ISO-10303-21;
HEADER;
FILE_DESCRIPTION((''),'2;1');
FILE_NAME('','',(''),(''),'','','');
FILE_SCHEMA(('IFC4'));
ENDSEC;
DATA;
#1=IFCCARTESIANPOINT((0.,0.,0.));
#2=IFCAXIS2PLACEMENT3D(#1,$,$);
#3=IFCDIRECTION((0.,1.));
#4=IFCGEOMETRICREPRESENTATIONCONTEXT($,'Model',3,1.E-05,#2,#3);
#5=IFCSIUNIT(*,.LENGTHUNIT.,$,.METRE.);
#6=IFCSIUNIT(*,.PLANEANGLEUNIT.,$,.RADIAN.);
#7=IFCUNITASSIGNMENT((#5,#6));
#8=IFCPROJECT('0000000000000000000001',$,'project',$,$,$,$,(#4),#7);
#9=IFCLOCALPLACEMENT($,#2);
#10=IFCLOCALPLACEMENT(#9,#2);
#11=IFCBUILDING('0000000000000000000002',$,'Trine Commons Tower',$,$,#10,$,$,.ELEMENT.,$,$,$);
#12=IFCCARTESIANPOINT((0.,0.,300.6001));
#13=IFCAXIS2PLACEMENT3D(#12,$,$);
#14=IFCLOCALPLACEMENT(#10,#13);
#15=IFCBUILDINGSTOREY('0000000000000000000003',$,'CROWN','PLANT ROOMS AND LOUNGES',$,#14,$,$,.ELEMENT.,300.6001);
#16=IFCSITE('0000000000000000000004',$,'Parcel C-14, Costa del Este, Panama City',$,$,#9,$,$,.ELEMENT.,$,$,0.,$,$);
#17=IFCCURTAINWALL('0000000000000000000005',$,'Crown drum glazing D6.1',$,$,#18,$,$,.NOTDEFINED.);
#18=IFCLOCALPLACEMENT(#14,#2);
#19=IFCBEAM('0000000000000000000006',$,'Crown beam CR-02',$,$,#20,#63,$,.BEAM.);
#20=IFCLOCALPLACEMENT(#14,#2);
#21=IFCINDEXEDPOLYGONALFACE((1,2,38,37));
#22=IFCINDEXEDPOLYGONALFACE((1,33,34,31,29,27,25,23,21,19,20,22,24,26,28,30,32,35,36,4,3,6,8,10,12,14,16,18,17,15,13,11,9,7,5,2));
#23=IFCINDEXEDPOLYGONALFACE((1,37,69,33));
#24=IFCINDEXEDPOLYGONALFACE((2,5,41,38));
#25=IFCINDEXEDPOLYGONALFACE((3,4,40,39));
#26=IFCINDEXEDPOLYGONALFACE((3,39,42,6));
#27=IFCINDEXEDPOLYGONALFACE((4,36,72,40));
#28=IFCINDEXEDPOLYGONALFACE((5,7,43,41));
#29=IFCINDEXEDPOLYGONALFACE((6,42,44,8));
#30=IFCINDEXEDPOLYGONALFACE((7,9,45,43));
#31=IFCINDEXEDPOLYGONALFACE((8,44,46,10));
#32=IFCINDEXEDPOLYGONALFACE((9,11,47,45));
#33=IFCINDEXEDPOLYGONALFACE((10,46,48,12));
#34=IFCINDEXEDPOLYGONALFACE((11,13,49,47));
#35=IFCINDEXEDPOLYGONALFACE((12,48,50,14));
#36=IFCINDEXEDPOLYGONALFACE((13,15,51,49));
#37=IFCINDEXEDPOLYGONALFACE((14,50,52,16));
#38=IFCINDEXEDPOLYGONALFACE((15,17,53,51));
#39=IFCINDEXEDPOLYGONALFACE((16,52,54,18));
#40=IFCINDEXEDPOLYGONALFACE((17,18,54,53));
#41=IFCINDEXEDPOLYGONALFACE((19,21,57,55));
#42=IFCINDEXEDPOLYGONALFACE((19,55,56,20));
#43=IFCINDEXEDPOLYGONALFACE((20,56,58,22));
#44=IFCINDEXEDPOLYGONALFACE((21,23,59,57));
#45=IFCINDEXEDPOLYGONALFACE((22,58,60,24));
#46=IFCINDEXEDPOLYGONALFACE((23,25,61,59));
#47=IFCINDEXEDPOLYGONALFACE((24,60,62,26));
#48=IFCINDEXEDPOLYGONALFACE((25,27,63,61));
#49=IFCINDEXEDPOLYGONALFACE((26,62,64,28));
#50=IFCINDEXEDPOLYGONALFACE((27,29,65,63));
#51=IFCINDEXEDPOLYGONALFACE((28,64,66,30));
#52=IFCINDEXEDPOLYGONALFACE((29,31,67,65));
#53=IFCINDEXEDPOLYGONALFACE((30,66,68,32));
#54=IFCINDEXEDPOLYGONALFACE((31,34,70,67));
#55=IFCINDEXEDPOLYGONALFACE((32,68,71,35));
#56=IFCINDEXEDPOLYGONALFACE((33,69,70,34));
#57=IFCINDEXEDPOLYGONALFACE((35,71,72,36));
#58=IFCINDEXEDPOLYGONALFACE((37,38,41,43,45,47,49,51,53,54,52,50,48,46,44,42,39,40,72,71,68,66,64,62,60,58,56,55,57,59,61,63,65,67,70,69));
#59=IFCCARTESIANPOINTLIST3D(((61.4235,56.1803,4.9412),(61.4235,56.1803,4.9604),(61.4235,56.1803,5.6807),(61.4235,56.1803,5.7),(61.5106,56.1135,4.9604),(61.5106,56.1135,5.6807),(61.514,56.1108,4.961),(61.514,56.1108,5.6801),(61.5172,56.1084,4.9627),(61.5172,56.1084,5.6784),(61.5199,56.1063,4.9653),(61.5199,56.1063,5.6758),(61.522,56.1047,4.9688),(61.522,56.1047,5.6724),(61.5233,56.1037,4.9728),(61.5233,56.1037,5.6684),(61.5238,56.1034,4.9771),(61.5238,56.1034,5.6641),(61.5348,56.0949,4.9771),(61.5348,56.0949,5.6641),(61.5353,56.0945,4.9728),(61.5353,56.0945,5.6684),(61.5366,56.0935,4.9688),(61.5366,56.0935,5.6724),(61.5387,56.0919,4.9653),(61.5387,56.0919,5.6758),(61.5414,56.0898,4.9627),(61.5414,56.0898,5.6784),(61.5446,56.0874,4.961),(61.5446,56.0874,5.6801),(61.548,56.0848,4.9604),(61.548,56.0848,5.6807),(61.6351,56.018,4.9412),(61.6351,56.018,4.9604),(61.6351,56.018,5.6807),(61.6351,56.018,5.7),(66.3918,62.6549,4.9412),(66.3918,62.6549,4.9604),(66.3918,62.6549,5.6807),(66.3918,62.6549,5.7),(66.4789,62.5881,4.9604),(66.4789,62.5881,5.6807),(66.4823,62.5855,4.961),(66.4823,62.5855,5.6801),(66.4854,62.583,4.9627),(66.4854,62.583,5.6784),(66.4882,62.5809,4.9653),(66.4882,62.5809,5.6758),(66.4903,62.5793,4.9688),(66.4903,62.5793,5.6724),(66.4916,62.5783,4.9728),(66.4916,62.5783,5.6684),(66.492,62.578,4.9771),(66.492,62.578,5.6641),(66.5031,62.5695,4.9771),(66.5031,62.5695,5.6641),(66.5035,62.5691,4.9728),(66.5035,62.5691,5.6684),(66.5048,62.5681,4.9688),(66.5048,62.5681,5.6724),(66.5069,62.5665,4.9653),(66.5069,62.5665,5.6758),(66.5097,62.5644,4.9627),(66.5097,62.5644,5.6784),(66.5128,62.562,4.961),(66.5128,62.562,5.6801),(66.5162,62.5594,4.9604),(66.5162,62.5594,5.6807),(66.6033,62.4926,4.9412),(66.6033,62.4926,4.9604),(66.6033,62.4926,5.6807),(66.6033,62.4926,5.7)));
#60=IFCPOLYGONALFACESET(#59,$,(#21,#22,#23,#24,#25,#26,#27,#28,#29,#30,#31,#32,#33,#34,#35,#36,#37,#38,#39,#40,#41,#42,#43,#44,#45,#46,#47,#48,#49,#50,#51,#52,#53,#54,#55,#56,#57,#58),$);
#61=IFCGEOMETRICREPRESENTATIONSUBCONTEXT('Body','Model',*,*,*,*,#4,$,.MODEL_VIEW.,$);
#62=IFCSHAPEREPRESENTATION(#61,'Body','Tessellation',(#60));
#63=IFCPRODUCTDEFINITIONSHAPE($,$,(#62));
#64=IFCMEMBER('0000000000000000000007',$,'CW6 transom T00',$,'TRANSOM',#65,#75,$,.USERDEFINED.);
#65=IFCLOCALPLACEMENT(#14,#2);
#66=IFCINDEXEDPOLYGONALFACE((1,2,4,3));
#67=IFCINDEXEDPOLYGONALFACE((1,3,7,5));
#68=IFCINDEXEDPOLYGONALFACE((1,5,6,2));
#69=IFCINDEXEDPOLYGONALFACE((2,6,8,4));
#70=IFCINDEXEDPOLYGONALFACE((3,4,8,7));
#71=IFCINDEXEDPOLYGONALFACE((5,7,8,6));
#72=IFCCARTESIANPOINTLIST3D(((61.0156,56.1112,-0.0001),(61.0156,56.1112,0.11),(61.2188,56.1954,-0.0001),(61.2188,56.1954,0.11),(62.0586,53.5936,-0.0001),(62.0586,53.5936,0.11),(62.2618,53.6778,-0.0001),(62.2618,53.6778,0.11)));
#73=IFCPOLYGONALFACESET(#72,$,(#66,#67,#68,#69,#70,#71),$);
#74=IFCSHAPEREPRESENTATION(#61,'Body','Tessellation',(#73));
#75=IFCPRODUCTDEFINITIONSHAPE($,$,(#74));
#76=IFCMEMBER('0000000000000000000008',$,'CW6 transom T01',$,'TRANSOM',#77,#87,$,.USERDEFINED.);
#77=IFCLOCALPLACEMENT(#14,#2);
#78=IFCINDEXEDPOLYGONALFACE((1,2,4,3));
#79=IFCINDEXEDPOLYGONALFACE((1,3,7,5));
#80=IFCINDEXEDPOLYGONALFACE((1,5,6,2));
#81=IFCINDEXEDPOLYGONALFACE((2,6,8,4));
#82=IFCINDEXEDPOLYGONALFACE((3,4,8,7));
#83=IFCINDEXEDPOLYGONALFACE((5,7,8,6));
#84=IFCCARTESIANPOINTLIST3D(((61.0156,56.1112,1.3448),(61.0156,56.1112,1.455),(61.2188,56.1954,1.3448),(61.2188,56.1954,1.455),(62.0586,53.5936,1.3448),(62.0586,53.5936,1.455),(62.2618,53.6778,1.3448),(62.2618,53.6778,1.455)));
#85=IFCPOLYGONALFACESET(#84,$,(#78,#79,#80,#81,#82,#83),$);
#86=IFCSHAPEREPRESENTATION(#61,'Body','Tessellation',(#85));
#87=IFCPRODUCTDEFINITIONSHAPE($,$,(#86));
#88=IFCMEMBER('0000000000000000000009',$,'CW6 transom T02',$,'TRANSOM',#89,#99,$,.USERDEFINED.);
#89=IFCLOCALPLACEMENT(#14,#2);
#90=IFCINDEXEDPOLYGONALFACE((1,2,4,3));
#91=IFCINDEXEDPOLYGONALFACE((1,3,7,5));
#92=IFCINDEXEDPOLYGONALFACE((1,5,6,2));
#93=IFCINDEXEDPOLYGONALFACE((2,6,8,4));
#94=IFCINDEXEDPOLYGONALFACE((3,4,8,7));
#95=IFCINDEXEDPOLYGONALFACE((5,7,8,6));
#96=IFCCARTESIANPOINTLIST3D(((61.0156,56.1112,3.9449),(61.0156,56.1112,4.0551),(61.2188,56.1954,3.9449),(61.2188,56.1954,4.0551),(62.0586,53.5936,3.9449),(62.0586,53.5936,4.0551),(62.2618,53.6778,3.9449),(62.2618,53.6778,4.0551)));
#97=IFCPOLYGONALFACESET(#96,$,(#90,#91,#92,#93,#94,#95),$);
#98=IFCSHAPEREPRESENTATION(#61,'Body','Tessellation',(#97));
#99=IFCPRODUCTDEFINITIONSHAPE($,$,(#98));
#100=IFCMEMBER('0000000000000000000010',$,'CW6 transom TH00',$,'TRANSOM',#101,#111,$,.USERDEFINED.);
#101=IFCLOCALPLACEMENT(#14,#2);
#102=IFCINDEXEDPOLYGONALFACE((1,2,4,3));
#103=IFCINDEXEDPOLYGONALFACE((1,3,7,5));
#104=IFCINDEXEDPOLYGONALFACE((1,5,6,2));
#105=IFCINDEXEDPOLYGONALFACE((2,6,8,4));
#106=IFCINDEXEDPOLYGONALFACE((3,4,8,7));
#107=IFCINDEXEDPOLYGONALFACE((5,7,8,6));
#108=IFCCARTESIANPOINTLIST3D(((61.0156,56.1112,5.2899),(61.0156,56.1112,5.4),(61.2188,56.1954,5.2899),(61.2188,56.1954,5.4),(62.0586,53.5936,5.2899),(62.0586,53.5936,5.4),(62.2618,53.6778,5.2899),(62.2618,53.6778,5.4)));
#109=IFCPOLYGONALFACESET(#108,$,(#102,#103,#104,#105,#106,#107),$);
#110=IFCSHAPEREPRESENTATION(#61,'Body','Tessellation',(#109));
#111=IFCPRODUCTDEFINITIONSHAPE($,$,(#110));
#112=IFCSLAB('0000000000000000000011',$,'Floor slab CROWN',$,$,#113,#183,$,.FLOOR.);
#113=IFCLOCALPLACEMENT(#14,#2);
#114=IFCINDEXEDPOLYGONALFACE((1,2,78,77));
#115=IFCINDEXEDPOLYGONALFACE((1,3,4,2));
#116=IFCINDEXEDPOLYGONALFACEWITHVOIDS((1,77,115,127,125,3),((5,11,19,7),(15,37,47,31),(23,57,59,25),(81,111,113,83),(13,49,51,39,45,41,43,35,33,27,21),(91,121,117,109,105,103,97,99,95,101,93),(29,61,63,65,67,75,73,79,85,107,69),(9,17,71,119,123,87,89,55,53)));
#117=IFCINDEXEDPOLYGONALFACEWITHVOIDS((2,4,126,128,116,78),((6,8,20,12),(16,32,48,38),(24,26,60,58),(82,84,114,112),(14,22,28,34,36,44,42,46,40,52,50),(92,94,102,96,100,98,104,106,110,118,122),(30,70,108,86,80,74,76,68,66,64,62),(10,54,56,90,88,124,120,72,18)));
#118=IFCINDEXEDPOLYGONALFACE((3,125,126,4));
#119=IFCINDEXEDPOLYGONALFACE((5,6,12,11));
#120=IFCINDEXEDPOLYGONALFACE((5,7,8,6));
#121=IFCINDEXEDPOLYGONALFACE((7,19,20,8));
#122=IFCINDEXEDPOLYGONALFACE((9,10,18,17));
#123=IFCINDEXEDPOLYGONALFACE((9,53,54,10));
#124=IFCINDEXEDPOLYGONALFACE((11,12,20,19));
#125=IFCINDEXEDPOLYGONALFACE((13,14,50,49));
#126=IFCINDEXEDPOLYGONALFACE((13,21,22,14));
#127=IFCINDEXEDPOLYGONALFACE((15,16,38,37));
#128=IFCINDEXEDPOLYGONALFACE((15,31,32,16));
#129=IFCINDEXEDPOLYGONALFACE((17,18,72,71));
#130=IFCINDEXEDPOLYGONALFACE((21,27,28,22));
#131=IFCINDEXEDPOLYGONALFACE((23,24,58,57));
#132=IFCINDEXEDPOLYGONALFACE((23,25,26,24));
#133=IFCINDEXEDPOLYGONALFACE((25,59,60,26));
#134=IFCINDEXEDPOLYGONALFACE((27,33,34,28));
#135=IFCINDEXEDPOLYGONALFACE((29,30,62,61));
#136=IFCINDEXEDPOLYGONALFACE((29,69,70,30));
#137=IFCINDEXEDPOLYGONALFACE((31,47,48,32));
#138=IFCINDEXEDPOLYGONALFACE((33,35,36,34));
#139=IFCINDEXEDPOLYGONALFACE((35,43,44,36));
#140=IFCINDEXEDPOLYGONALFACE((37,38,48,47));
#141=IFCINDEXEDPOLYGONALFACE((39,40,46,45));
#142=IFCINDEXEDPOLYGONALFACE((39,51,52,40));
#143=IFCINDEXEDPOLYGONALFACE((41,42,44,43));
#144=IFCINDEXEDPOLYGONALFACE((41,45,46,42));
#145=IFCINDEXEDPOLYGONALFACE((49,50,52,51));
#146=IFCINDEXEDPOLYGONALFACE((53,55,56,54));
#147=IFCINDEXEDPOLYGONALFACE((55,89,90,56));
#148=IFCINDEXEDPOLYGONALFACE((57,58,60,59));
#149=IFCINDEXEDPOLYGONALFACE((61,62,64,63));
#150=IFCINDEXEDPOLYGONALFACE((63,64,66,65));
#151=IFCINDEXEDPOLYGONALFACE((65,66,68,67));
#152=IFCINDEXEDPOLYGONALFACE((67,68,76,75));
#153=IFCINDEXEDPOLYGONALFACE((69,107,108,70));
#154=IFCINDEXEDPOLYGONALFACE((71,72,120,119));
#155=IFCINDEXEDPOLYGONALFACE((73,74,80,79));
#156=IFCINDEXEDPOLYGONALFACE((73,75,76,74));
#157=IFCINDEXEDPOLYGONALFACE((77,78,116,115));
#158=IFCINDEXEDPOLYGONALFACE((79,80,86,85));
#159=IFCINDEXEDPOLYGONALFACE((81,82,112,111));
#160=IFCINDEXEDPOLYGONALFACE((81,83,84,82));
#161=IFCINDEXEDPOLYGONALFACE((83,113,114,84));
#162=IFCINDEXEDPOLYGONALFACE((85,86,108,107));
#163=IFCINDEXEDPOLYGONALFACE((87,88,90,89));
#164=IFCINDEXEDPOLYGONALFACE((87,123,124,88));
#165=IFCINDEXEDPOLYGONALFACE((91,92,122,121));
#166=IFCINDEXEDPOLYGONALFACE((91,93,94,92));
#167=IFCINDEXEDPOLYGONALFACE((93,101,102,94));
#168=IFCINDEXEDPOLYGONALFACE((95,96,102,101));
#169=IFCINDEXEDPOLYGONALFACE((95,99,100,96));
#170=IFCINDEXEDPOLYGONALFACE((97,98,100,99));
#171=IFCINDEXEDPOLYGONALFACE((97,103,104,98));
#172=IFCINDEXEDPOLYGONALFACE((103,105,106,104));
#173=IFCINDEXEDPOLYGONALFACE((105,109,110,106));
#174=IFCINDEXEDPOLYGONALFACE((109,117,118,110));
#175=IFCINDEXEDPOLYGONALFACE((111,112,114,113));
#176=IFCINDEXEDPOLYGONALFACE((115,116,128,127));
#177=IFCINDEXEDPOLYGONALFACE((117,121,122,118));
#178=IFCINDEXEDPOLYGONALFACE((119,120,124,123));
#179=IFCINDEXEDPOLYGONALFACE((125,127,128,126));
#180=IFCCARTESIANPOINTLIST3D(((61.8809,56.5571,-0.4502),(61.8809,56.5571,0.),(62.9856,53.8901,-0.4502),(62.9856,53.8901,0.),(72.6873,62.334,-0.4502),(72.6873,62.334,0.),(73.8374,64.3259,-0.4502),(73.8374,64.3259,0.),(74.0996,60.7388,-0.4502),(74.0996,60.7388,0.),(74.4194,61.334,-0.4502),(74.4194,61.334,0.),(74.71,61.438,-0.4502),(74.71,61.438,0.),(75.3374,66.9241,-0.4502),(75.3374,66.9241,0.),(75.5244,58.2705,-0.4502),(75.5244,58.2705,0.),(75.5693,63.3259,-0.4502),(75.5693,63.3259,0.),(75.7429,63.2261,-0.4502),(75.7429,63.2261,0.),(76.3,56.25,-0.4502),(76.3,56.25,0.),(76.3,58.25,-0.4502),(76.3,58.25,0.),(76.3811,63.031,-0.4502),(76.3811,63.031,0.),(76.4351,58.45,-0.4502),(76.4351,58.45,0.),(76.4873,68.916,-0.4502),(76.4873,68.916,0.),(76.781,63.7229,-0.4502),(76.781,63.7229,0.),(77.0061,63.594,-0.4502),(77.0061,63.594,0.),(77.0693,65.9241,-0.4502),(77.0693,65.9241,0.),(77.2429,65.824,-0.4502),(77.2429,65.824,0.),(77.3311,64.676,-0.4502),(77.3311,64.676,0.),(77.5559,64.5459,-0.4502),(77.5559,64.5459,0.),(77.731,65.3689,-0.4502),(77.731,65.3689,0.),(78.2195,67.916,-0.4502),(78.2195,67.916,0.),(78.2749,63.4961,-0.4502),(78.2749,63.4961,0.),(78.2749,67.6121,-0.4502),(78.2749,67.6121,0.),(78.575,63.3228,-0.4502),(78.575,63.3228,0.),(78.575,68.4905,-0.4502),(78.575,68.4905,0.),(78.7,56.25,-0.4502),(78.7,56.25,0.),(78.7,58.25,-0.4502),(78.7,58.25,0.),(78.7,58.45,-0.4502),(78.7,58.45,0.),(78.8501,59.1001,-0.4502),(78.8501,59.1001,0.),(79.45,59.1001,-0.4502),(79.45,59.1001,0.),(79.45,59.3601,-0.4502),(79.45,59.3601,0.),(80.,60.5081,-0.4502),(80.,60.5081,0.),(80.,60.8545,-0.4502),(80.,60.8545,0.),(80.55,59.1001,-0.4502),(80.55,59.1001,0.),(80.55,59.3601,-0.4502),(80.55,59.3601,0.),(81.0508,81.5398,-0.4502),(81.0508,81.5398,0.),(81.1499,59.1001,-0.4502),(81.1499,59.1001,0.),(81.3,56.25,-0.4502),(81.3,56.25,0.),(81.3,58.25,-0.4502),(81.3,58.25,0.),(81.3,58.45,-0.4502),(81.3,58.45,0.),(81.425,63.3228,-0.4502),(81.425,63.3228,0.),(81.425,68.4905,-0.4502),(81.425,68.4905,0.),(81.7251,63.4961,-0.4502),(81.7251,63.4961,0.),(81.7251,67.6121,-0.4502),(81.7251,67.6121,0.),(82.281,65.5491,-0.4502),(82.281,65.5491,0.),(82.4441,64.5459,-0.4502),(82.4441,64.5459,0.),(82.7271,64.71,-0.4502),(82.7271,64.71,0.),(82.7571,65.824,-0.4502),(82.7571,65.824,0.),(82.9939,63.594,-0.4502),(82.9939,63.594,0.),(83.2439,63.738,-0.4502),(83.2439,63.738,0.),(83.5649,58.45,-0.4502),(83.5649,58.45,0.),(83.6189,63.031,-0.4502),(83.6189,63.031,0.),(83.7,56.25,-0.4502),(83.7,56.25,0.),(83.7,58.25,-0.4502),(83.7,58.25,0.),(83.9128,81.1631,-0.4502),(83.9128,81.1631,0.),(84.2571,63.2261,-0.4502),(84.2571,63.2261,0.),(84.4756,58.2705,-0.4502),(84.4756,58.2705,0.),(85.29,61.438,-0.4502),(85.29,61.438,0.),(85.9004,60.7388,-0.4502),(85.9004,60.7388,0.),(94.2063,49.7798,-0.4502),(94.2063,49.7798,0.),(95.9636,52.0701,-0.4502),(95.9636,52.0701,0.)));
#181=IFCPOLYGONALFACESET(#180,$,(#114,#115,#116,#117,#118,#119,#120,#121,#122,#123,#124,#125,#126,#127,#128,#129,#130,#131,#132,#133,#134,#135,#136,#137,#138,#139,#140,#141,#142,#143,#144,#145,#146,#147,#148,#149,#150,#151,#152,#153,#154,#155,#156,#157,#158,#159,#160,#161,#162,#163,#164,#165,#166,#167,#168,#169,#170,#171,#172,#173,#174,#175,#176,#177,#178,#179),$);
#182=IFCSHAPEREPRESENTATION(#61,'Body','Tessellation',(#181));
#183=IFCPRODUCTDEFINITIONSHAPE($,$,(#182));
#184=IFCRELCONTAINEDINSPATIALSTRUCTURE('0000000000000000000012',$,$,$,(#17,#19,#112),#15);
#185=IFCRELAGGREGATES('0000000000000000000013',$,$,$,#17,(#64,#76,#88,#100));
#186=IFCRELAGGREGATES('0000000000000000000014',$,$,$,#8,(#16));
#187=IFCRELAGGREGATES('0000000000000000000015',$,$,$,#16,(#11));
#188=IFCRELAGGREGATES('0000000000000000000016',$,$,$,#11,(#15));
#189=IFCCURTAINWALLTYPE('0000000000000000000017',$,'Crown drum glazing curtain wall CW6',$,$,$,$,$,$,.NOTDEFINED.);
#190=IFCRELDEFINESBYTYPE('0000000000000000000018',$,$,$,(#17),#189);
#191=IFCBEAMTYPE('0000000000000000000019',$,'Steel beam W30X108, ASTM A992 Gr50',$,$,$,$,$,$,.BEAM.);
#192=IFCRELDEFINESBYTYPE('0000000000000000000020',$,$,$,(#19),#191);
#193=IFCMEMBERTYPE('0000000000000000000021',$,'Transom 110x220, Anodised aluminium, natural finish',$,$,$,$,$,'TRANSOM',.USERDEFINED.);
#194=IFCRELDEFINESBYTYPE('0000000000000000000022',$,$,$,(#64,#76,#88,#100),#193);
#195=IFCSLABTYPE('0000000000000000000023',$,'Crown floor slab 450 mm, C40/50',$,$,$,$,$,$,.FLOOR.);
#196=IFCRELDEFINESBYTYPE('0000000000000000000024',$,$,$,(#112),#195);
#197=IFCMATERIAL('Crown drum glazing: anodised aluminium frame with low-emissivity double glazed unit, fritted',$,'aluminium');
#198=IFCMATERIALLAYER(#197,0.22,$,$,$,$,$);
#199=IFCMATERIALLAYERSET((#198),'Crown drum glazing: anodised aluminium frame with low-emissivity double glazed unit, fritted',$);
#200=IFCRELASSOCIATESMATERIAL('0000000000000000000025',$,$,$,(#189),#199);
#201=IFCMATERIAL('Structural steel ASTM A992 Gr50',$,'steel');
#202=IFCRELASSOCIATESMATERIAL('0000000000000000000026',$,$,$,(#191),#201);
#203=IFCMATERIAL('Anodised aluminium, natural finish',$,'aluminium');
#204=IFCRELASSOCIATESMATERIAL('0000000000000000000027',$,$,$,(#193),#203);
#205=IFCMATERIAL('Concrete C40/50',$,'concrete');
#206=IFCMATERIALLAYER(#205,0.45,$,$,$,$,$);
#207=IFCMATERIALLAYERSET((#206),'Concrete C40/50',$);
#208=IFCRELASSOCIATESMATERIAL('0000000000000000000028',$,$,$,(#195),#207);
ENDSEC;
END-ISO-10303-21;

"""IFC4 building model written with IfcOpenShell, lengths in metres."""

from ifc_helpers import new_model, si_unit, direction, frame, origin, origin_2d, place, context, subcontext, project, spatial, polyline, rectangle, i_section, outline, extrude, material, layer, layer_set, material_profile, profile_set, type_object, element, aggregate, save


model = new_model("IFC4")

# Units and contexts
model_context = context("Model", 3, precision=1e-05, world=origin(), true_north=direction((0.0, 1.0)))
body_context = subcontext(model_context, "Body", "Model", "MODEL_VIEW")
ifc_project = project(units=[si_unit("LENGTHUNIT", "METRE"), si_unit("PLANEANGLEUNIT", "RADIAN")], contexts=[model_context])

# Site, building, storey
site_placement = place(None, origin())
site = spatial("IfcSite", under=ifc_project, at=site_placement, Name="Parcel C-14, Costa del Este, Panama City", CompositionType="ELEMENT", RefElevation=0.0)
building_placement = place(site_placement, origin())
building = spatial("IfcBuilding", under=site, at=building_placement, Name="Trine Commons Tower", CompositionType="ELEMENT")
storey_placement = place(building_placement, frame((0.0, 0.0, 300.6001)))
storey = spatial("IfcBuildingStorey", under=building, at=storey_placement, Name="CROWN", Description="PLANT ROOMS AND LOUNGES", CompositionType="ELEMENT", Elevation=300.6001)

# Shared definitions
ifc_material_1 = material(Name="Structural steel ASTM A992 Gr50", Category="steel")

# Curtain wall
ifc_material_2 = material(Name="Crown drum glazing: anodised aluminium frame with low-emissivity double glazed unit, fritted", Category="aluminium")
ifc_layer_1 = layer(ifc_material_2, 0.22)
ifc_layer_set_1 = layer_set([ifc_layer_1], Name="Crown drum glazing: anodised aluminium frame with low-emissivity double glazed unit, fritted")
curtain_wall_type = type_object("IfcCurtainWallType", Name="Crown drum glazing curtain wall CW6", PredefinedType="NOTDEFINED", material=ifc_layer_set_1)
ifc_material_3 = material(Name="Anodised aluminium, natural finish", Category="aluminium")
curtain_wall_1_placement = place(storey_placement, origin())
curtain_wall_1 = element("IfcCurtainWall", 1, at=curtain_wall_1_placement, inside=storey, type_object=curtain_wall_type, Name="Crown drum glazing D6.1", PredefinedType="NOTDEFINED")

# Beam
ifc_material_4 = material(Name="Concrete C40/50", Category="concrete")
ifc_material_profile_1 = material_profile(ifc_material_1, i_section(OverallWidth=0.2666, OverallDepth=0.7588, WebThickness=0.0139, FlangeThickness=0.0193, FilletRadius=0.0166, at=origin_2d()), Name="W30X108")
ifc_profile_set_1 = profile_set([ifc_material_profile_1], Name="Structural steel ASTM A992 Gr50")
beam_type_1 = type_object("IfcBeamType", Name="Steel beam W30X108, ASTM A992 Gr50", PredefinedType="BEAM", material=ifc_profile_set_1)
beam_1_placement = place(storey_placement, frame((61.5293, 56.0991, 5.3206), z_axis=(0.608771, 0.793346, 0.0), x_axis=(-0.793346, 0.608771, 0.0)))
element("IfcBeam", 2, at=beam_1_placement, inside=storey, type_object=beam_type_1, Name="Crown beam CR-02", PredefinedType="BEAM", context=body_context, shape_type="SweptSolid", body=[
    extrude(i_section(OverallWidth=0.2666, OverallDepth=0.7588, WebThickness=0.0139, FlangeThickness=0.0193, FilletRadius=0.0166, at=origin_2d()), origin(), (0.0, 0.0, 1.0), 8.1611),
])

# Members
ifc_material_profile_2 = material_profile(ifc_material_3, rectangle(XDim=0.22, YDim=0.1101, at=origin_2d()), Name="Transom 110x220")
ifc_profile_set_2 = profile_set([ifc_material_profile_2], Name="Anodised aluminium, natural finish")
member_type_1 = type_object("IfcMemberType", Name="Transom 110x220, Anodised aluminium, natural finish", ElementType="TRANSOM", PredefinedType="USERDEFINED", material=ifc_profile_set_2)
member_1_placement = place(storey_placement, frame((61.1172, 56.1533, 0.0549), z_axis=(0.382732, -0.92386, 0.0), x_axis=(0.92386, 0.382732, 0.0)))
member_1 = element("IfcMember", 3, at=member_1_placement, type_object=member_type_1, Name="CW6 transom T00", ObjectType="TRANSOM", PredefinedType="USERDEFINED", context=body_context, shape_type="SweptSolid", body=[
    extrude(rectangle(XDim=0.22, YDim=0.1101, at=origin_2d()), origin(), (0.0, 0.0, 1.0), 2.7251),
])
member_2_placement = place(storey_placement, frame((61.1172, 56.1533, 1.3999), z_axis=(0.382732, -0.92386, 0.0), x_axis=(0.92386, 0.382732, 0.0)))
member_2 = element("IfcMember", 4, at=member_2_placement, type_object=member_type_1, Name="CW6 transom T01", ObjectType="TRANSOM", PredefinedType="USERDEFINED", context=body_context, shape_type="SweptSolid", body=[
    extrude(rectangle(XDim=0.22, YDim=0.1101, at=origin_2d()), origin(), (0.0, 0.0, 1.0), 2.7251),
])
member_3_placement = place(storey_placement, frame((61.1172, 56.1533, 4.0), z_axis=(0.382732, -0.92386, 0.0), x_axis=(0.92386, 0.382732, 0.0)))
member_3 = element("IfcMember", 5, at=member_3_placement, type_object=member_type_1, Name="CW6 transom T02", ObjectType="TRANSOM", PredefinedType="USERDEFINED", context=body_context, shape_type="SweptSolid", body=[
    extrude(rectangle(XDim=0.22, YDim=0.1101, at=origin_2d()), origin(), (0.0, 0.0, 1.0), 2.7251),
])
member_4_placement = place(storey_placement, frame((61.1172, 56.1533, 5.345), z_axis=(0.382732, -0.92386, 0.0), x_axis=(0.92386, 0.382732, 0.0)))
member_4 = element("IfcMember", 6, at=member_4_placement, type_object=member_type_1, Name="CW6 transom TH00", ObjectType="TRANSOM", PredefinedType="USERDEFINED", context=body_context, shape_type="SweptSolid", body=[
    extrude(rectangle(XDim=0.22, YDim=0.1101, at=origin_2d()), origin(), (0.0, 0.0, 1.0), 2.7251),
])

# Slab
ifc_layer_2 = layer(ifc_material_4, 0.45)
ifc_layer_set_2 = layer_set([ifc_layer_2], Name="Concrete C40/50")
slab_type_1 = type_object("IfcSlabType", Name="Crown floor slab 450 mm, C40/50", PredefinedType="FLOOR", material=ifc_layer_set_2)
slab_1_placement = place(storey_placement, frame((0.0, 0.0, -0.4502)))
element("IfcSlab", 7, at=slab_1_placement, inside=storey, type_object=slab_type_1, Name="Floor slab CROWN", PredefinedType="FLOOR", context=body_context, shape_type="SweptSolid", body=[
    extrude(outline(polyline([(94.2063, 49.7798), (95.9636, 52.0701), (83.9128, 81.1631), (81.0508, 81.5398), (61.8809, 56.5571), (62.9856, 53.8901), (94.2063, 49.7798)]), holes=[polyline([(78.7, 56.25), (78.7, 58.25), (76.3, 58.25), (76.3, 56.25), (78.7, 56.25)]), polyline([(83.7, 56.25), (83.7, 58.25), (81.3, 58.25), (81.3, 56.25), (83.7, 56.25)]), polyline([(81.3, 58.45), (83.5649, 58.45), (80.0, 60.5081), (76.4351, 58.45), (78.7, 58.45), (78.8501, 59.1001), (79.45, 59.1001), (79.45, 59.3601), (80.55, 59.3601), (80.55, 59.1001), (81.1499, 59.1001), (81.3, 58.45)]), polyline([(81.425, 63.3228), (81.425, 68.4905), (78.575, 68.4905), (78.575, 63.3228), (74.0996, 60.7388), (75.5244, 58.2705), (80.0, 60.8545), (84.4756, 58.2705), (85.9004, 60.7388), (81.425, 63.3228)]), polyline([(72.6873, 62.334), (74.4194, 61.334), (75.5693, 63.3259), (73.8374, 64.3259), (72.6873, 62.334)]), polyline([(76.3811, 63.031), (75.7429, 63.2261), (74.71, 61.438), (78.2749, 63.4961), (78.2749, 67.6121), (77.2429, 65.824), (77.731, 65.3689), (77.3311, 64.676), (77.5559, 64.5459), (77.0061, 63.594), (76.781, 63.7229), (76.3811, 63.031)]), polyline([(82.9939, 63.594), (82.4441, 64.5459), (82.7271, 64.71), (82.281, 65.5491), (82.7571, 65.824), (81.7251, 67.6121), (81.7251, 63.4961), (85.29, 61.438), (84.2571, 63.2261), (83.6189, 63.031), (83.2439, 63.738), (82.9939, 63.594)]), polyline([(76.4873, 68.916), (75.3374, 66.9241), (77.0693, 65.9241), (78.2195, 67.916), (76.4873, 68.916)])]), origin(), (0.0, 0.0, 1.0), 0.4502),
])

aggregate(curtain_wall_1, [member_1, member_2, member_3, member_4])

save(model, "model.ifc")
